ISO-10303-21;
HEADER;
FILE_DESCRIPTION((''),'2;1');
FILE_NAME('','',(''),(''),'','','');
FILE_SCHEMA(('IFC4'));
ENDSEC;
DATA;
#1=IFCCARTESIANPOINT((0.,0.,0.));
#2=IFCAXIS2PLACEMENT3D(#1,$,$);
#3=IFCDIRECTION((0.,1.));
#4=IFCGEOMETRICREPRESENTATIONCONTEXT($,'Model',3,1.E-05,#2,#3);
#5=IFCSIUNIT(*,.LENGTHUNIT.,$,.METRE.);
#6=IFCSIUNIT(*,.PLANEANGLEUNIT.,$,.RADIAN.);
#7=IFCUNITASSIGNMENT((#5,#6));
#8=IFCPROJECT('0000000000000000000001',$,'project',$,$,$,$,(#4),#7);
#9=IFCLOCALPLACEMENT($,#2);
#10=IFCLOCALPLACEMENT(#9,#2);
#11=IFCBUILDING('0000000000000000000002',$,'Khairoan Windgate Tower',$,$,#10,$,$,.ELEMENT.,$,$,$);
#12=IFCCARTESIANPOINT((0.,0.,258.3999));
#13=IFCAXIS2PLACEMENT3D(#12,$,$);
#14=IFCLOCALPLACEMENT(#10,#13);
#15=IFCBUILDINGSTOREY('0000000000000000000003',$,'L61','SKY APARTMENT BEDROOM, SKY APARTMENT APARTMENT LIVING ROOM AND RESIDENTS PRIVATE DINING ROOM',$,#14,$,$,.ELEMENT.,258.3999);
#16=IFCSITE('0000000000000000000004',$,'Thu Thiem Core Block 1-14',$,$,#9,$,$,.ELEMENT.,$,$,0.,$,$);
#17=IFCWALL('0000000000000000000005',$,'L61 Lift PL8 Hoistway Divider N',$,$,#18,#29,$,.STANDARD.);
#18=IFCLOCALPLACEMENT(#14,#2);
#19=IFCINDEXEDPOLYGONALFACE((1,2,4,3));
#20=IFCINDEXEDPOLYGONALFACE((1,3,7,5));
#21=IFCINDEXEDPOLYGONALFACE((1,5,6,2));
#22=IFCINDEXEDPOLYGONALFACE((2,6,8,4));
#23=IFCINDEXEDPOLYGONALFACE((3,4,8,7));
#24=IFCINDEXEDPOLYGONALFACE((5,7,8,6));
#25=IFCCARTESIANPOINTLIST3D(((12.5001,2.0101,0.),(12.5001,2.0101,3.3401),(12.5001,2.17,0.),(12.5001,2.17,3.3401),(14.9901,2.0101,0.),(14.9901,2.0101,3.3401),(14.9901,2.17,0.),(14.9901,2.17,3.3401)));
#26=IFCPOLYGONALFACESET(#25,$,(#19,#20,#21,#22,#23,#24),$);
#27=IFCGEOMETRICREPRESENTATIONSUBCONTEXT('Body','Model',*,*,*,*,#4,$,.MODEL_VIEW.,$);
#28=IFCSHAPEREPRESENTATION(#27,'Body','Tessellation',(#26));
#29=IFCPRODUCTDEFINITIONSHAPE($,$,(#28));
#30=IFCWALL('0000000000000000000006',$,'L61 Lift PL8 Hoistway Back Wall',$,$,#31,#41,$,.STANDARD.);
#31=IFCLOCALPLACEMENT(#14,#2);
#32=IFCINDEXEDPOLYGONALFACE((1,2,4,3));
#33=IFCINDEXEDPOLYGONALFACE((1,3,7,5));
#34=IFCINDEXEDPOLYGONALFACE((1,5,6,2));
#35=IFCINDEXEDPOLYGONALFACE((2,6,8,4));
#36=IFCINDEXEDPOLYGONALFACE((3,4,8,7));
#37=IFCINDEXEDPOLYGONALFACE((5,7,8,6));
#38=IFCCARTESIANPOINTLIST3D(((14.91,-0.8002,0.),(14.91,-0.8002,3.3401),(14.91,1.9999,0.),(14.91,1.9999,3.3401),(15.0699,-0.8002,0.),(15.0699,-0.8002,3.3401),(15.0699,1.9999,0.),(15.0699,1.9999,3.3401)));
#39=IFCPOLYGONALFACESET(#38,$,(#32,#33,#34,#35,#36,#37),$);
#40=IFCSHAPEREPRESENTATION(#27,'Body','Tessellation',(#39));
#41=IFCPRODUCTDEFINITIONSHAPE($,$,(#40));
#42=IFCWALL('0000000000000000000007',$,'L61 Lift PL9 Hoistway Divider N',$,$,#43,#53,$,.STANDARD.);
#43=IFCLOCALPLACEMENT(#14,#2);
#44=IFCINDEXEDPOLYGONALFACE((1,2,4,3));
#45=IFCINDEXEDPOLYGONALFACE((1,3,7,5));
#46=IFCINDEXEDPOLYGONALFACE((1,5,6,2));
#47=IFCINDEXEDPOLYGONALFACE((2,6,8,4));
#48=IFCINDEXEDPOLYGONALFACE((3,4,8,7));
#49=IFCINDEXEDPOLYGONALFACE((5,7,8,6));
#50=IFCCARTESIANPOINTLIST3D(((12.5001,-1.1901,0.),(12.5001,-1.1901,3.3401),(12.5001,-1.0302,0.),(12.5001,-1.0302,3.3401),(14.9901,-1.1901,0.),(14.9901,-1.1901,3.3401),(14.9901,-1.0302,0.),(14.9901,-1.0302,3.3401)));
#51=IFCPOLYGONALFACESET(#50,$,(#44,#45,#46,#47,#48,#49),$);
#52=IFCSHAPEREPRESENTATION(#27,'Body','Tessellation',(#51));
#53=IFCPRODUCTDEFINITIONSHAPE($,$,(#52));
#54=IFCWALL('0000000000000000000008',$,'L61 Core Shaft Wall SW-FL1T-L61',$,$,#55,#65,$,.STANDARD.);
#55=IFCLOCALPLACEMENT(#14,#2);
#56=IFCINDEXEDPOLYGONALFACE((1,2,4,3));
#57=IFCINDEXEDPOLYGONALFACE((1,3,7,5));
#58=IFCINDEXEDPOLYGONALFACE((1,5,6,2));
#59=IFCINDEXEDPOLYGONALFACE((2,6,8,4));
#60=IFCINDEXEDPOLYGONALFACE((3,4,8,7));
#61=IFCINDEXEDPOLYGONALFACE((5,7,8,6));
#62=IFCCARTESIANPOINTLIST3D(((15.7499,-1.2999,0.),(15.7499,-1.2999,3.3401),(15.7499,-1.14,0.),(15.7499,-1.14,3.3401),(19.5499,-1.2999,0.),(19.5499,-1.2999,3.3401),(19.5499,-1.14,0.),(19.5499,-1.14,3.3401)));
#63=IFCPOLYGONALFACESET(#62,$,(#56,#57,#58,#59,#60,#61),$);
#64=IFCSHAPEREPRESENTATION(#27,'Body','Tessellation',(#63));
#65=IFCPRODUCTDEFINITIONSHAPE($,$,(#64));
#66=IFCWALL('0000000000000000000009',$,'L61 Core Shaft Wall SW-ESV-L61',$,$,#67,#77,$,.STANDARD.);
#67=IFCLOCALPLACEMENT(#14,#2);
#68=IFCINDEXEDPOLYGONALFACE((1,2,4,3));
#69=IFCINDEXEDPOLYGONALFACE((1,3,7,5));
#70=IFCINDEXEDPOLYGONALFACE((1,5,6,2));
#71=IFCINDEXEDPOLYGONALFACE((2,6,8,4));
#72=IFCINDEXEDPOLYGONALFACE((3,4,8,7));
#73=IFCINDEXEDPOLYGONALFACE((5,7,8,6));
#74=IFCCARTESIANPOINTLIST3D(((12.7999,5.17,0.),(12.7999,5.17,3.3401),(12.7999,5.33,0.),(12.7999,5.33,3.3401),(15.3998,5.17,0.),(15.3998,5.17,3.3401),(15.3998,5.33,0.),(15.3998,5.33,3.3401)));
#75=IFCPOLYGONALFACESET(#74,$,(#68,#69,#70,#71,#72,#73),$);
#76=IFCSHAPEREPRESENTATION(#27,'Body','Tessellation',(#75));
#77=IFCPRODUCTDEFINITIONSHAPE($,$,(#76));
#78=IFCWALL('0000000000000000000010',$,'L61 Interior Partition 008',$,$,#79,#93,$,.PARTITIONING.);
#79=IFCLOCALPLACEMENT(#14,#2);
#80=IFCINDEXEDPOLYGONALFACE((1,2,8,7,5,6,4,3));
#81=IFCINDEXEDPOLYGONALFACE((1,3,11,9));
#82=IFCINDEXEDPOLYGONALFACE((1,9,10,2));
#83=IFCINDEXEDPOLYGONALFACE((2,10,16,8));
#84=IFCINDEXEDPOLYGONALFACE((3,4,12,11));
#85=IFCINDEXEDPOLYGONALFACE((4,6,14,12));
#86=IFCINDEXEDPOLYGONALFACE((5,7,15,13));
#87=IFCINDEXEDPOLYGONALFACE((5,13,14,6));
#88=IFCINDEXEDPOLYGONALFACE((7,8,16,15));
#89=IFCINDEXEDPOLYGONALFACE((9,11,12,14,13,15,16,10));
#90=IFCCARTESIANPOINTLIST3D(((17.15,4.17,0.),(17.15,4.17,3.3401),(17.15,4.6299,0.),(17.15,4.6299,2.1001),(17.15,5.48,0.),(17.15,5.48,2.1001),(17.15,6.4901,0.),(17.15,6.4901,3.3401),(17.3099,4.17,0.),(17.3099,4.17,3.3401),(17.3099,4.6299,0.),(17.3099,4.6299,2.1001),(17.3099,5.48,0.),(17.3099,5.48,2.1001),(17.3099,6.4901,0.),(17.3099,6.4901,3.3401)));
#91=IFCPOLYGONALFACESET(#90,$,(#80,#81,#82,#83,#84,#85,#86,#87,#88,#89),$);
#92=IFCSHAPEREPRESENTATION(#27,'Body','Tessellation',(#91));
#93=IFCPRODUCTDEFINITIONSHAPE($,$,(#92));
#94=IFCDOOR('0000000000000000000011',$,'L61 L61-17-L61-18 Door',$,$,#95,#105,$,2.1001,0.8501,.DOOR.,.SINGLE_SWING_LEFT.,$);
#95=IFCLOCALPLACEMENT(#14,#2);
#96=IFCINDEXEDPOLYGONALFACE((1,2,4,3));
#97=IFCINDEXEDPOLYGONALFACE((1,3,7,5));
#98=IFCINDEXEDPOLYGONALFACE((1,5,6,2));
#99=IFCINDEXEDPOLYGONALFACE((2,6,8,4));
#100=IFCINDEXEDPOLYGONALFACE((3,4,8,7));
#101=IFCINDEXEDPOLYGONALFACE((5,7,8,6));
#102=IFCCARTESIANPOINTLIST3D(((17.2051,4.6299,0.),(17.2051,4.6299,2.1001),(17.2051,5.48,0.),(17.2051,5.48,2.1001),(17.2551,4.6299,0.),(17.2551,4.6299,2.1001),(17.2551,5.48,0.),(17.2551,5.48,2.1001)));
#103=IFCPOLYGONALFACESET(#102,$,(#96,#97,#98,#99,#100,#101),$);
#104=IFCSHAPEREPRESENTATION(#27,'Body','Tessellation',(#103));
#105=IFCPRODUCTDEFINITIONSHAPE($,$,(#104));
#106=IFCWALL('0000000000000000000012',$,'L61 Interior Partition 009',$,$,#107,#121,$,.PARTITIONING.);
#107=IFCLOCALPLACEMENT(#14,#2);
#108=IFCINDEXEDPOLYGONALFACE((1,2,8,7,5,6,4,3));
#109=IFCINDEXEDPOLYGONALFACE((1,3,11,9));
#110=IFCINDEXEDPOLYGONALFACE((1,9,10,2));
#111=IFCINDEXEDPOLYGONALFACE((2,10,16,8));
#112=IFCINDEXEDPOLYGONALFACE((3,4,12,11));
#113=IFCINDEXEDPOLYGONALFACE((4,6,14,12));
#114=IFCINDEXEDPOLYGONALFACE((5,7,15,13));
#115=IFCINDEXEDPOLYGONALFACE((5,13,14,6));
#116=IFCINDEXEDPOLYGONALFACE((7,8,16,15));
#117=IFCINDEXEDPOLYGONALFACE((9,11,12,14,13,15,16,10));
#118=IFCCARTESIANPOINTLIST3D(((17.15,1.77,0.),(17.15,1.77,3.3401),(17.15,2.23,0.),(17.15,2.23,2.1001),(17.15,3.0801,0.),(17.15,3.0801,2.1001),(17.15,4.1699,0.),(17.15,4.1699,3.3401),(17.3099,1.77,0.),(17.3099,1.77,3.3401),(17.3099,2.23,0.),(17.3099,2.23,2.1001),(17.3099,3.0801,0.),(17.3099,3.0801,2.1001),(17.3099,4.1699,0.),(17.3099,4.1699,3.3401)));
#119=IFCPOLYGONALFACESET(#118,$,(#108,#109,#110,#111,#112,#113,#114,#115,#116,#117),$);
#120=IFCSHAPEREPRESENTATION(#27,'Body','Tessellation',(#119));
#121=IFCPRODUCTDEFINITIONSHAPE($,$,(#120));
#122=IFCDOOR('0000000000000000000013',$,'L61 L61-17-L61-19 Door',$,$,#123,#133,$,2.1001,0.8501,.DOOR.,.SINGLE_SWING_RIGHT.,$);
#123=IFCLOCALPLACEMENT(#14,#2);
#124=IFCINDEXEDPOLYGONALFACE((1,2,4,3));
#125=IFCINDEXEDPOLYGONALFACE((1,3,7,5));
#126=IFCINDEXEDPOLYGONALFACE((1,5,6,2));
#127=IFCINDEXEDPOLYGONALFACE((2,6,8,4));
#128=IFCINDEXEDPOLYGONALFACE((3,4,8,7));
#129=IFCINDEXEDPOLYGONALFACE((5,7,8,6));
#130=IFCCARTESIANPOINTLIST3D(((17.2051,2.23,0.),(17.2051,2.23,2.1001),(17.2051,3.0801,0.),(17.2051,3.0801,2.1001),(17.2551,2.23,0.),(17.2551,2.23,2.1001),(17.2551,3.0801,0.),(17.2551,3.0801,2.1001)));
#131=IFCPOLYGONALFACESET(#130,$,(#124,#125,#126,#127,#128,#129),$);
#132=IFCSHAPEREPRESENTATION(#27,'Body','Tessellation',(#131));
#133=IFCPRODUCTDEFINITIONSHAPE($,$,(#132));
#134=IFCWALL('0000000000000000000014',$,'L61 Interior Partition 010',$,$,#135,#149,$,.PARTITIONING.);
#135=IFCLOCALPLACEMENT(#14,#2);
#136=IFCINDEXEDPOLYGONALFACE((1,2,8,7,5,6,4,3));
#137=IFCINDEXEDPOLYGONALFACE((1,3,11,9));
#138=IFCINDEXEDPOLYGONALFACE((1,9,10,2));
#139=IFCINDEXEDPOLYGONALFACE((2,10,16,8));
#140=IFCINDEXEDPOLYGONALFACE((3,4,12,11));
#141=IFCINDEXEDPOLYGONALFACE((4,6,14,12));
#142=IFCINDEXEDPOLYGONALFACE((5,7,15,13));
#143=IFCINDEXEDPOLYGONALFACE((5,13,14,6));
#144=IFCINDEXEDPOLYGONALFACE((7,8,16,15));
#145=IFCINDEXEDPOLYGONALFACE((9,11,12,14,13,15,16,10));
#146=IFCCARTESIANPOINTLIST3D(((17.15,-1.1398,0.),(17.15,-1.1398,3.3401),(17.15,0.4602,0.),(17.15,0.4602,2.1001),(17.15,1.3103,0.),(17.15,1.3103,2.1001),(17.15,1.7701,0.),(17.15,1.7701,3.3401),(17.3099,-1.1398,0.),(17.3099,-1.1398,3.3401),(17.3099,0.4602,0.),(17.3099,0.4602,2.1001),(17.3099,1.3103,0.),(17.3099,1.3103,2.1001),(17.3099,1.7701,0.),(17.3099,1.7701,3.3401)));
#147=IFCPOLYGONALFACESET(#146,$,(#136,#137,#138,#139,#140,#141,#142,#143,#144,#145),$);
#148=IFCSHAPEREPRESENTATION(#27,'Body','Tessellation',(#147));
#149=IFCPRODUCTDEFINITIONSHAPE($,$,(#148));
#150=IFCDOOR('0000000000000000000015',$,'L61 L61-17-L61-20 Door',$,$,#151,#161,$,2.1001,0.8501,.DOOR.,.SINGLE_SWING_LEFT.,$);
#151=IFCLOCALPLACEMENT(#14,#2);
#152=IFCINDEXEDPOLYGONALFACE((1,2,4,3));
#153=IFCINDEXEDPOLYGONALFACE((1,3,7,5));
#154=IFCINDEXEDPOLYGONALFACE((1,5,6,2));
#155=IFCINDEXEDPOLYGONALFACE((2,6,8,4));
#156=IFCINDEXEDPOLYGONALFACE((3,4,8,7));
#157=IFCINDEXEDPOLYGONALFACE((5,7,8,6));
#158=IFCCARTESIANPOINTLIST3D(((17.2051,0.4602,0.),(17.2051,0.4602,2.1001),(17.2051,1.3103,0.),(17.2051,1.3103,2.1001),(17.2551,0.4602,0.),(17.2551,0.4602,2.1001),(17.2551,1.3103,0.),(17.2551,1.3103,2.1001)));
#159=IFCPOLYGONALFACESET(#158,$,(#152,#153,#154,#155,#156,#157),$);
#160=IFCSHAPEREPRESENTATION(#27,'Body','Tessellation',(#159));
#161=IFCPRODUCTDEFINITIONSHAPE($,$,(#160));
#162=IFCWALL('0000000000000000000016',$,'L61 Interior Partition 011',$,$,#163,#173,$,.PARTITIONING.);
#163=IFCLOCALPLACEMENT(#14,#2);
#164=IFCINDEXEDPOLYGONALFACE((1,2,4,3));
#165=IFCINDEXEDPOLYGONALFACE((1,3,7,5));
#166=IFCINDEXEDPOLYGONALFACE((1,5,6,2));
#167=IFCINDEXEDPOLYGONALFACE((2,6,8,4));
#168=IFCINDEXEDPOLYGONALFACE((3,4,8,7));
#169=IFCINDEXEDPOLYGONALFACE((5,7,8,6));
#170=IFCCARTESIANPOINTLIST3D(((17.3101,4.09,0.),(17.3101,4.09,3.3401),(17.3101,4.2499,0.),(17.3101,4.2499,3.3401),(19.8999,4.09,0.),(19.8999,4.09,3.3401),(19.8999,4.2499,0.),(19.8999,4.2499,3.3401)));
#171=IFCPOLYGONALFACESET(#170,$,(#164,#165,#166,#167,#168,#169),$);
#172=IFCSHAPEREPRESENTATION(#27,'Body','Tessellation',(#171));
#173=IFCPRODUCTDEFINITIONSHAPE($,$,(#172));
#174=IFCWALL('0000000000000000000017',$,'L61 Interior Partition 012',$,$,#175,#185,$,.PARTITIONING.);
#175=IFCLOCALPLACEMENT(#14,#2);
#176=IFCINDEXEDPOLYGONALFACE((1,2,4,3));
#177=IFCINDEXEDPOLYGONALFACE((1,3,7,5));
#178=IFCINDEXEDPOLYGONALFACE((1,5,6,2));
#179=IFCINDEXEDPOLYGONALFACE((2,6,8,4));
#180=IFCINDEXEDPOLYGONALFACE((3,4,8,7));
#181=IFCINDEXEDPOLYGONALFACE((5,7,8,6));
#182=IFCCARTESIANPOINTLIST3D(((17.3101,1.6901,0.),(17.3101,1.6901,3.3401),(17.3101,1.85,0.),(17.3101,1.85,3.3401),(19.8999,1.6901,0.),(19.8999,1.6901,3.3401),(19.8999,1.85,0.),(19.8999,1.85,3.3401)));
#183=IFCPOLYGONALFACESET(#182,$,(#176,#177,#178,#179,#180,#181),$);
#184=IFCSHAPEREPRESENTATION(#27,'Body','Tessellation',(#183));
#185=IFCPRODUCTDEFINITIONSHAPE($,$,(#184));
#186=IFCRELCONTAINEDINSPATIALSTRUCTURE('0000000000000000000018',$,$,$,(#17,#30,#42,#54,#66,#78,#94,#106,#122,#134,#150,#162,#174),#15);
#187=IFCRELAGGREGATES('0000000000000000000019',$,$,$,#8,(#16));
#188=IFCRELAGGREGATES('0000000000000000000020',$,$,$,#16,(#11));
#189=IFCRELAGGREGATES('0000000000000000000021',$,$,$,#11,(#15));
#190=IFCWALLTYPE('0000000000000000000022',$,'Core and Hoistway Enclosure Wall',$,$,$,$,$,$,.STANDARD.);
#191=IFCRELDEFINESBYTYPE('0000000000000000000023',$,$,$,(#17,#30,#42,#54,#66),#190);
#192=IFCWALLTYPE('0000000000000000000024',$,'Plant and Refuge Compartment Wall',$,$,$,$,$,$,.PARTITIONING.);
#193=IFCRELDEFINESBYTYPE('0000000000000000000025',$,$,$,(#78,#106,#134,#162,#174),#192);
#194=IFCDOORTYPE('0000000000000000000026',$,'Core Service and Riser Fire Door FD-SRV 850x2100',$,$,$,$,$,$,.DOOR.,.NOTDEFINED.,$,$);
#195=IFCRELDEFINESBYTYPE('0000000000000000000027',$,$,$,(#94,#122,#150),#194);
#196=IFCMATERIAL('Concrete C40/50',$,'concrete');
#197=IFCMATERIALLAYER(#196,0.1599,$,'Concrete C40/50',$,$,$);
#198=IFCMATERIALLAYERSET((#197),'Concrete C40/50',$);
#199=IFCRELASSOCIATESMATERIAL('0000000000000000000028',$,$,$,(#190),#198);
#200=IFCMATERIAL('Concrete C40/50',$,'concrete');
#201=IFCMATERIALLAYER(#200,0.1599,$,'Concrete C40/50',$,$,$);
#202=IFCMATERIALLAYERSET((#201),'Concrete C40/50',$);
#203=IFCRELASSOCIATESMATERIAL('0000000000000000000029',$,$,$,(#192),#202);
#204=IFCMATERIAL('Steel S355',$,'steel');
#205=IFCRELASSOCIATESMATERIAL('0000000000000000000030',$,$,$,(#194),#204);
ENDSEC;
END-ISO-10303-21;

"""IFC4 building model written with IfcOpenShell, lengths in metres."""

from ifc_helpers import new_model, si_unit, direction, frame, frame_2d, origin, place, context, subcontext, project, spatial, rectangle, extrude, material, layer, layer_set, type_object, element, fill, save


model = new_model("IFC4")

# Units and contexts
model_context = context("Model", 3, precision=1e-05, world=origin(), true_north=direction((0.0, 1.0)))
body_context = subcontext(model_context, "Body", "Model", "MODEL_VIEW")
ifc_project = project(units=[si_unit("LENGTHUNIT", "METRE"), si_unit("PLANEANGLEUNIT", "RADIAN")], contexts=[model_context])

# Site, building, storey
site_placement = place(None, origin())
site = spatial("IfcSite", under=ifc_project, at=site_placement, Name="Thu Thiem Core Block 1-14", CompositionType="ELEMENT", RefElevation=0.0)
building_placement = place(site_placement, origin())
building = spatial("IfcBuilding", under=site, at=building_placement, Name="Khairoan Windgate Tower", CompositionType="ELEMENT")
storey_placement = place(building_placement, frame((0.0, 0.0, 258.3999)))
storey = spatial("IfcBuildingStorey", under=building, at=storey_placement, Name="L61", Description="SKY APARTMENT BEDROOM, SKY APARTMENT APARTMENT LIVING ROOM AND RESIDENTS PRIVATE DINING ROOM", CompositionType="ELEMENT", Elevation=258.3999)

# Walls
ifc_material_1 = material(Name="Concrete C40/50", Category="concrete")
ifc_layer_1 = layer(ifc_material_1, 0.1599, Name="Concrete C40/50")
ifc_layer_set_1 = layer_set([ifc_layer_1], Name="Concrete C40/50")
wall_type_1 = type_object("IfcWallType", Name="Core and Hoistway Enclosure Wall", PredefinedType="STANDARD", material=ifc_layer_set_1)
for number, where, z_axis, x_axis, name in (
    (1, (12.5, 2.0901, 0.0), (0.0, 0.0, 1.0), (1.0, 0.0, 0.0), "L61 Lift PL8 Hoistway Divider N"),
):
    element("IfcWall", number, at=place(storey_placement, frame(where, z_axis=z_axis, x_axis=x_axis)), inside=storey, type_object=wall_type_1, Name=name, PredefinedType="STANDARD", context=body_context, shape_type="SweptSolid", body=[
        extrude(rectangle(XDim=2.49, YDim=0.1599, at=frame_2d((1.2451, 0.0))), origin(), (0.0, 0.0, 1.0), 3.3401),
    ])
wall_1_placement = place(storey_placement, frame((14.99, -0.8, 0.0), z_axis=(0.0, 0.0, 1.0), x_axis=(0.0, 1.0, 0.0)))
element("IfcWall", 2, at=wall_1_placement, inside=storey, type_object=wall_type_1, Name="L61 Lift PL8 Hoistway Back Wall", PredefinedType="STANDARD", context=body_context, shape_type="SweptSolid", body=[
    extrude(rectangle(XDim=2.8, YDim=0.1599, at=frame_2d((1.3999, 0.0))), origin(), (0.0, 0.0, 1.0), 3.3401),
])
wall_2_placement = place(storey_placement, frame((12.5, -1.1101, 0.0), z_axis=(0.0, 0.0, 1.0), x_axis=(1.0, 0.0, 0.0)))
element("IfcWall", 3, at=wall_2_placement, inside=storey, type_object=wall_type_1, Name="L61 Lift PL9 Hoistway Divider N", PredefinedType="STANDARD", context=body_context, shape_type="SweptSolid", body=[
    extrude(rectangle(XDim=2.49, YDim=0.1599, at=frame_2d((1.2451, 0.0))), origin(), (0.0, 0.0, 1.0), 3.3401),
])
wall_3_placement = place(storey_placement, frame((15.75, -1.22, 0.0), z_axis=(0.0, 0.0, 1.0), x_axis=(1.0, 0.0, 0.0)))
element("IfcWall", 4, at=wall_3_placement, inside=storey, type_object=wall_type_1, Name="L61 Core Shaft Wall SW-FL1T-L61", PredefinedType="STANDARD", context=body_context, shape_type="SweptSolid", body=[
    extrude(rectangle(XDim=3.8, YDim=0.1599, at=frame_2d((1.8999, 0.0))), origin(), (0.0, 0.0, 1.0), 3.3401),
])
wall_4_placement = place(storey_placement, frame((12.8, 5.25, 0.0), z_axis=(0.0, 0.0, 1.0), x_axis=(1.0, 0.0, 0.0)))
element("IfcWall", 5, at=wall_4_placement, inside=storey, type_object=wall_type_1, Name="L61 Core Shaft Wall SW-ESV-L61", PredefinedType="STANDARD", context=body_context, shape_type="SweptSolid", body=[
    extrude(rectangle(XDim=2.5999, YDim=0.1599, at=frame_2d((1.2998, 0.0))), origin(), (0.0, 0.0, 1.0), 3.3401),
])

# Walls, openings, doors
ifc_material_2 = material(Name="Concrete C40/50", Category="concrete")
ifc_layer_2 = layer(ifc_material_2, 0.1599, Name="Concrete C40/50")
ifc_layer_set_2 = layer_set([ifc_layer_2], Name="Concrete C40/50")
wall_type_2 = type_object("IfcWallType", Name="Plant and Refuge Compartment Wall", PredefinedType="PARTITIONING", material=ifc_layer_set_2)
wall_5_placement = place(storey_placement, frame((17.23, 4.1699, 0.0), z_axis=(0.0, 0.0, 1.0), x_axis=(0.0, 1.0, 0.0)))
wall_5 = element("IfcWall", 6, at=wall_5_placement, inside=storey, type_object=wall_type_2, Name="L61 Interior Partition 008", PredefinedType="PARTITIONING", context=body_context, shape_type="SweptSolid", body=[
    extrude(rectangle(XDim=2.3201, YDim=0.1599, at=frame_2d((1.1602, 0.0))), origin(), (0.0, 0.0, 1.0), 3.3401),
])
opening_1_placement = place(wall_5_placement, frame((0.46, 0.0, 0.0)))
opening_1 = element("IfcOpeningElement", 7, at=opening_1_placement, cuts=wall_5, PredefinedType="OPENING", context=body_context, shape_type="SweptSolid", body=[
    extrude(rectangle(XDim=0.8501, YDim=2.1001, at=frame_2d((0.425, 1.05))), frame((0.0, 0.0898, 0.0), z_axis=(0.0, -1.0, 0.0), x_axis=(1.0, 0.0, 0.0)), (0.0, 0.0, 1.0), 0.1799),
])
ifc_material_3 = material(Name="Steel S355", Category="steel")
door_type = type_object("IfcDoorType", Name="Core Service and Riser Fire Door FD-SRV 850x2100", OperationType="NOTDEFINED", PredefinedType="DOOR", material=ifc_material_3)
door_1_placement = place(opening_1_placement, origin())
door_1 = element("IfcDoor", 8, at=door_1_placement, inside=storey, type_object=door_type, Name="L61 L61-17-L61-18 Door", OperationType="SINGLE_SWING_LEFT", OverallHeight=2.1001, OverallWidth=0.8501, PredefinedType="DOOR", context=body_context, shape_type="SweptSolid", body=[
    extrude(rectangle(XDim=0.8501, YDim=2.1001, at=frame_2d((0.425, 1.05))), frame((0.0, 0.0249, 0.0), z_axis=(0.0, -1.0, 0.0), x_axis=(1.0, 0.0, 0.0)), (0.0, 0.0, 1.0), 0.05),
])
fill(opening_1, door_1)
wall_6_placement = place(storey_placement, frame((17.23, 1.77, 0.0), z_axis=(0.0, 0.0, 1.0), x_axis=(0.0, 1.0, 0.0)))
wall_6 = element("IfcWall", 9, at=wall_6_placement, inside=storey, type_object=wall_type_2, Name="L61 Interior Partition 009", PredefinedType="PARTITIONING", context=body_context, shape_type="SweptSolid", body=[
    extrude(rectangle(XDim=2.3999, YDim=0.1599, at=frame_2d((1.2, 0.0))), origin(), (0.0, 0.0, 1.0), 3.3401),
])
opening_2_placement = place(wall_6_placement, frame((0.46, 0.0, 0.0)))
opening_2 = element("IfcOpeningElement", 10, at=opening_2_placement, cuts=wall_6, PredefinedType="OPENING", context=body_context, shape_type="SweptSolid", body=[
    extrude(rectangle(XDim=0.8501, YDim=2.1001, at=frame_2d((0.425, 1.05))), frame((0.0, 0.0898, 0.0), z_axis=(0.0, -1.0, 0.0), x_axis=(1.0, 0.0, 0.0)), (0.0, 0.0, 1.0), 0.1799),
])
door_2_placement = place(opening_2_placement, origin())
door_2 = element("IfcDoor", 11, at=door_2_placement, inside=storey, type_object=door_type, Name="L61 L61-17-L61-19 Door", OperationType="SINGLE_SWING_RIGHT", OverallHeight=2.1001, OverallWidth=0.8501, PredefinedType="DOOR", context=body_context, shape_type="SweptSolid", body=[
    extrude(rectangle(XDim=0.8501, YDim=2.1001, at=frame_2d((0.425, 1.05))), frame((0.0, 0.0249, 0.0), z_axis=(0.0, -1.0, 0.0), x_axis=(1.0, 0.0, 0.0)), (0.0, 0.0, 1.0), 0.05),
])
fill(opening_2, door_2)
wall_7_placement = place(storey_placement, frame((17.23, -1.1399, 0.0), z_axis=(0.0, 0.0, 1.0), x_axis=(0.0, 1.0, 0.0)))
wall_7 = element("IfcWall", 12, at=wall_7_placement, inside=storey, type_object=wall_type_2, Name="L61 Interior Partition 010", PredefinedType="PARTITIONING", context=body_context, shape_type="SweptSolid", body=[
    extrude(rectangle(XDim=2.9099, YDim=0.1599, at=frame_2d((1.4551, 0.0))), origin(), (0.0, 0.0, 1.0), 3.3401),
])
opening_3_placement = place(wall_7_placement, frame((1.6001, 0.0, 0.0)))
opening_3 = element("IfcOpeningElement", 13, at=opening_3_placement, cuts=wall_7, PredefinedType="OPENING", context=body_context, shape_type="SweptSolid", body=[
    extrude(rectangle(XDim=0.8501, YDim=2.1001, at=frame_2d((0.425, 1.05))), frame((0.0, 0.0898, 0.0), z_axis=(0.0, -1.0, 0.0), x_axis=(1.0, 0.0, 0.0)), (0.0, 0.0, 1.0), 0.1799),
])
door_3_placement = place(opening_3_placement, origin())
door_3 = element("IfcDoor", 14, at=door_3_placement, inside=storey, type_object=door_type, Name="L61 L61-17-L61-20 Door", OperationType="SINGLE_SWING_LEFT", OverallHeight=2.1001, OverallWidth=0.8501, PredefinedType="DOOR", context=body_context, shape_type="SweptSolid", body=[
    extrude(rectangle(XDim=0.8501, YDim=2.1001, at=frame_2d((0.425, 1.05))), frame((0.0, 0.0249, 0.0), z_axis=(0.0, -1.0, 0.0), x_axis=(1.0, 0.0, 0.0)), (0.0, 0.0, 1.0), 0.05),
])
fill(opening_3, door_3)

# Walls
for number, where, z_axis, x_axis, name in (
    (15, (17.3101, 4.1699, 0.0), (0.0, 0.0, 1.0), (1.0, 0.0, 0.0), "L61 Interior Partition 011"),
    (16, (17.3101, 1.77, 0.0), (0.0, 0.0, 1.0), (1.0, 0.0, 0.0), "L61 Interior Partition 012"),
):
    element("IfcWall", number, at=place(storey_placement, frame(where, z_axis=z_axis, x_axis=x_axis)), inside=storey, type_object=wall_type_2, Name=name, PredefinedType="PARTITIONING", context=body_context, shape_type="SweptSolid", body=[
        extrude(rectangle(XDim=2.5898, YDim=0.1599, at=frame_2d((1.2949, 0.0))), origin(), (0.0, 0.0, 1.0), 3.3401),
    ])

save(model, "model.ifc")
